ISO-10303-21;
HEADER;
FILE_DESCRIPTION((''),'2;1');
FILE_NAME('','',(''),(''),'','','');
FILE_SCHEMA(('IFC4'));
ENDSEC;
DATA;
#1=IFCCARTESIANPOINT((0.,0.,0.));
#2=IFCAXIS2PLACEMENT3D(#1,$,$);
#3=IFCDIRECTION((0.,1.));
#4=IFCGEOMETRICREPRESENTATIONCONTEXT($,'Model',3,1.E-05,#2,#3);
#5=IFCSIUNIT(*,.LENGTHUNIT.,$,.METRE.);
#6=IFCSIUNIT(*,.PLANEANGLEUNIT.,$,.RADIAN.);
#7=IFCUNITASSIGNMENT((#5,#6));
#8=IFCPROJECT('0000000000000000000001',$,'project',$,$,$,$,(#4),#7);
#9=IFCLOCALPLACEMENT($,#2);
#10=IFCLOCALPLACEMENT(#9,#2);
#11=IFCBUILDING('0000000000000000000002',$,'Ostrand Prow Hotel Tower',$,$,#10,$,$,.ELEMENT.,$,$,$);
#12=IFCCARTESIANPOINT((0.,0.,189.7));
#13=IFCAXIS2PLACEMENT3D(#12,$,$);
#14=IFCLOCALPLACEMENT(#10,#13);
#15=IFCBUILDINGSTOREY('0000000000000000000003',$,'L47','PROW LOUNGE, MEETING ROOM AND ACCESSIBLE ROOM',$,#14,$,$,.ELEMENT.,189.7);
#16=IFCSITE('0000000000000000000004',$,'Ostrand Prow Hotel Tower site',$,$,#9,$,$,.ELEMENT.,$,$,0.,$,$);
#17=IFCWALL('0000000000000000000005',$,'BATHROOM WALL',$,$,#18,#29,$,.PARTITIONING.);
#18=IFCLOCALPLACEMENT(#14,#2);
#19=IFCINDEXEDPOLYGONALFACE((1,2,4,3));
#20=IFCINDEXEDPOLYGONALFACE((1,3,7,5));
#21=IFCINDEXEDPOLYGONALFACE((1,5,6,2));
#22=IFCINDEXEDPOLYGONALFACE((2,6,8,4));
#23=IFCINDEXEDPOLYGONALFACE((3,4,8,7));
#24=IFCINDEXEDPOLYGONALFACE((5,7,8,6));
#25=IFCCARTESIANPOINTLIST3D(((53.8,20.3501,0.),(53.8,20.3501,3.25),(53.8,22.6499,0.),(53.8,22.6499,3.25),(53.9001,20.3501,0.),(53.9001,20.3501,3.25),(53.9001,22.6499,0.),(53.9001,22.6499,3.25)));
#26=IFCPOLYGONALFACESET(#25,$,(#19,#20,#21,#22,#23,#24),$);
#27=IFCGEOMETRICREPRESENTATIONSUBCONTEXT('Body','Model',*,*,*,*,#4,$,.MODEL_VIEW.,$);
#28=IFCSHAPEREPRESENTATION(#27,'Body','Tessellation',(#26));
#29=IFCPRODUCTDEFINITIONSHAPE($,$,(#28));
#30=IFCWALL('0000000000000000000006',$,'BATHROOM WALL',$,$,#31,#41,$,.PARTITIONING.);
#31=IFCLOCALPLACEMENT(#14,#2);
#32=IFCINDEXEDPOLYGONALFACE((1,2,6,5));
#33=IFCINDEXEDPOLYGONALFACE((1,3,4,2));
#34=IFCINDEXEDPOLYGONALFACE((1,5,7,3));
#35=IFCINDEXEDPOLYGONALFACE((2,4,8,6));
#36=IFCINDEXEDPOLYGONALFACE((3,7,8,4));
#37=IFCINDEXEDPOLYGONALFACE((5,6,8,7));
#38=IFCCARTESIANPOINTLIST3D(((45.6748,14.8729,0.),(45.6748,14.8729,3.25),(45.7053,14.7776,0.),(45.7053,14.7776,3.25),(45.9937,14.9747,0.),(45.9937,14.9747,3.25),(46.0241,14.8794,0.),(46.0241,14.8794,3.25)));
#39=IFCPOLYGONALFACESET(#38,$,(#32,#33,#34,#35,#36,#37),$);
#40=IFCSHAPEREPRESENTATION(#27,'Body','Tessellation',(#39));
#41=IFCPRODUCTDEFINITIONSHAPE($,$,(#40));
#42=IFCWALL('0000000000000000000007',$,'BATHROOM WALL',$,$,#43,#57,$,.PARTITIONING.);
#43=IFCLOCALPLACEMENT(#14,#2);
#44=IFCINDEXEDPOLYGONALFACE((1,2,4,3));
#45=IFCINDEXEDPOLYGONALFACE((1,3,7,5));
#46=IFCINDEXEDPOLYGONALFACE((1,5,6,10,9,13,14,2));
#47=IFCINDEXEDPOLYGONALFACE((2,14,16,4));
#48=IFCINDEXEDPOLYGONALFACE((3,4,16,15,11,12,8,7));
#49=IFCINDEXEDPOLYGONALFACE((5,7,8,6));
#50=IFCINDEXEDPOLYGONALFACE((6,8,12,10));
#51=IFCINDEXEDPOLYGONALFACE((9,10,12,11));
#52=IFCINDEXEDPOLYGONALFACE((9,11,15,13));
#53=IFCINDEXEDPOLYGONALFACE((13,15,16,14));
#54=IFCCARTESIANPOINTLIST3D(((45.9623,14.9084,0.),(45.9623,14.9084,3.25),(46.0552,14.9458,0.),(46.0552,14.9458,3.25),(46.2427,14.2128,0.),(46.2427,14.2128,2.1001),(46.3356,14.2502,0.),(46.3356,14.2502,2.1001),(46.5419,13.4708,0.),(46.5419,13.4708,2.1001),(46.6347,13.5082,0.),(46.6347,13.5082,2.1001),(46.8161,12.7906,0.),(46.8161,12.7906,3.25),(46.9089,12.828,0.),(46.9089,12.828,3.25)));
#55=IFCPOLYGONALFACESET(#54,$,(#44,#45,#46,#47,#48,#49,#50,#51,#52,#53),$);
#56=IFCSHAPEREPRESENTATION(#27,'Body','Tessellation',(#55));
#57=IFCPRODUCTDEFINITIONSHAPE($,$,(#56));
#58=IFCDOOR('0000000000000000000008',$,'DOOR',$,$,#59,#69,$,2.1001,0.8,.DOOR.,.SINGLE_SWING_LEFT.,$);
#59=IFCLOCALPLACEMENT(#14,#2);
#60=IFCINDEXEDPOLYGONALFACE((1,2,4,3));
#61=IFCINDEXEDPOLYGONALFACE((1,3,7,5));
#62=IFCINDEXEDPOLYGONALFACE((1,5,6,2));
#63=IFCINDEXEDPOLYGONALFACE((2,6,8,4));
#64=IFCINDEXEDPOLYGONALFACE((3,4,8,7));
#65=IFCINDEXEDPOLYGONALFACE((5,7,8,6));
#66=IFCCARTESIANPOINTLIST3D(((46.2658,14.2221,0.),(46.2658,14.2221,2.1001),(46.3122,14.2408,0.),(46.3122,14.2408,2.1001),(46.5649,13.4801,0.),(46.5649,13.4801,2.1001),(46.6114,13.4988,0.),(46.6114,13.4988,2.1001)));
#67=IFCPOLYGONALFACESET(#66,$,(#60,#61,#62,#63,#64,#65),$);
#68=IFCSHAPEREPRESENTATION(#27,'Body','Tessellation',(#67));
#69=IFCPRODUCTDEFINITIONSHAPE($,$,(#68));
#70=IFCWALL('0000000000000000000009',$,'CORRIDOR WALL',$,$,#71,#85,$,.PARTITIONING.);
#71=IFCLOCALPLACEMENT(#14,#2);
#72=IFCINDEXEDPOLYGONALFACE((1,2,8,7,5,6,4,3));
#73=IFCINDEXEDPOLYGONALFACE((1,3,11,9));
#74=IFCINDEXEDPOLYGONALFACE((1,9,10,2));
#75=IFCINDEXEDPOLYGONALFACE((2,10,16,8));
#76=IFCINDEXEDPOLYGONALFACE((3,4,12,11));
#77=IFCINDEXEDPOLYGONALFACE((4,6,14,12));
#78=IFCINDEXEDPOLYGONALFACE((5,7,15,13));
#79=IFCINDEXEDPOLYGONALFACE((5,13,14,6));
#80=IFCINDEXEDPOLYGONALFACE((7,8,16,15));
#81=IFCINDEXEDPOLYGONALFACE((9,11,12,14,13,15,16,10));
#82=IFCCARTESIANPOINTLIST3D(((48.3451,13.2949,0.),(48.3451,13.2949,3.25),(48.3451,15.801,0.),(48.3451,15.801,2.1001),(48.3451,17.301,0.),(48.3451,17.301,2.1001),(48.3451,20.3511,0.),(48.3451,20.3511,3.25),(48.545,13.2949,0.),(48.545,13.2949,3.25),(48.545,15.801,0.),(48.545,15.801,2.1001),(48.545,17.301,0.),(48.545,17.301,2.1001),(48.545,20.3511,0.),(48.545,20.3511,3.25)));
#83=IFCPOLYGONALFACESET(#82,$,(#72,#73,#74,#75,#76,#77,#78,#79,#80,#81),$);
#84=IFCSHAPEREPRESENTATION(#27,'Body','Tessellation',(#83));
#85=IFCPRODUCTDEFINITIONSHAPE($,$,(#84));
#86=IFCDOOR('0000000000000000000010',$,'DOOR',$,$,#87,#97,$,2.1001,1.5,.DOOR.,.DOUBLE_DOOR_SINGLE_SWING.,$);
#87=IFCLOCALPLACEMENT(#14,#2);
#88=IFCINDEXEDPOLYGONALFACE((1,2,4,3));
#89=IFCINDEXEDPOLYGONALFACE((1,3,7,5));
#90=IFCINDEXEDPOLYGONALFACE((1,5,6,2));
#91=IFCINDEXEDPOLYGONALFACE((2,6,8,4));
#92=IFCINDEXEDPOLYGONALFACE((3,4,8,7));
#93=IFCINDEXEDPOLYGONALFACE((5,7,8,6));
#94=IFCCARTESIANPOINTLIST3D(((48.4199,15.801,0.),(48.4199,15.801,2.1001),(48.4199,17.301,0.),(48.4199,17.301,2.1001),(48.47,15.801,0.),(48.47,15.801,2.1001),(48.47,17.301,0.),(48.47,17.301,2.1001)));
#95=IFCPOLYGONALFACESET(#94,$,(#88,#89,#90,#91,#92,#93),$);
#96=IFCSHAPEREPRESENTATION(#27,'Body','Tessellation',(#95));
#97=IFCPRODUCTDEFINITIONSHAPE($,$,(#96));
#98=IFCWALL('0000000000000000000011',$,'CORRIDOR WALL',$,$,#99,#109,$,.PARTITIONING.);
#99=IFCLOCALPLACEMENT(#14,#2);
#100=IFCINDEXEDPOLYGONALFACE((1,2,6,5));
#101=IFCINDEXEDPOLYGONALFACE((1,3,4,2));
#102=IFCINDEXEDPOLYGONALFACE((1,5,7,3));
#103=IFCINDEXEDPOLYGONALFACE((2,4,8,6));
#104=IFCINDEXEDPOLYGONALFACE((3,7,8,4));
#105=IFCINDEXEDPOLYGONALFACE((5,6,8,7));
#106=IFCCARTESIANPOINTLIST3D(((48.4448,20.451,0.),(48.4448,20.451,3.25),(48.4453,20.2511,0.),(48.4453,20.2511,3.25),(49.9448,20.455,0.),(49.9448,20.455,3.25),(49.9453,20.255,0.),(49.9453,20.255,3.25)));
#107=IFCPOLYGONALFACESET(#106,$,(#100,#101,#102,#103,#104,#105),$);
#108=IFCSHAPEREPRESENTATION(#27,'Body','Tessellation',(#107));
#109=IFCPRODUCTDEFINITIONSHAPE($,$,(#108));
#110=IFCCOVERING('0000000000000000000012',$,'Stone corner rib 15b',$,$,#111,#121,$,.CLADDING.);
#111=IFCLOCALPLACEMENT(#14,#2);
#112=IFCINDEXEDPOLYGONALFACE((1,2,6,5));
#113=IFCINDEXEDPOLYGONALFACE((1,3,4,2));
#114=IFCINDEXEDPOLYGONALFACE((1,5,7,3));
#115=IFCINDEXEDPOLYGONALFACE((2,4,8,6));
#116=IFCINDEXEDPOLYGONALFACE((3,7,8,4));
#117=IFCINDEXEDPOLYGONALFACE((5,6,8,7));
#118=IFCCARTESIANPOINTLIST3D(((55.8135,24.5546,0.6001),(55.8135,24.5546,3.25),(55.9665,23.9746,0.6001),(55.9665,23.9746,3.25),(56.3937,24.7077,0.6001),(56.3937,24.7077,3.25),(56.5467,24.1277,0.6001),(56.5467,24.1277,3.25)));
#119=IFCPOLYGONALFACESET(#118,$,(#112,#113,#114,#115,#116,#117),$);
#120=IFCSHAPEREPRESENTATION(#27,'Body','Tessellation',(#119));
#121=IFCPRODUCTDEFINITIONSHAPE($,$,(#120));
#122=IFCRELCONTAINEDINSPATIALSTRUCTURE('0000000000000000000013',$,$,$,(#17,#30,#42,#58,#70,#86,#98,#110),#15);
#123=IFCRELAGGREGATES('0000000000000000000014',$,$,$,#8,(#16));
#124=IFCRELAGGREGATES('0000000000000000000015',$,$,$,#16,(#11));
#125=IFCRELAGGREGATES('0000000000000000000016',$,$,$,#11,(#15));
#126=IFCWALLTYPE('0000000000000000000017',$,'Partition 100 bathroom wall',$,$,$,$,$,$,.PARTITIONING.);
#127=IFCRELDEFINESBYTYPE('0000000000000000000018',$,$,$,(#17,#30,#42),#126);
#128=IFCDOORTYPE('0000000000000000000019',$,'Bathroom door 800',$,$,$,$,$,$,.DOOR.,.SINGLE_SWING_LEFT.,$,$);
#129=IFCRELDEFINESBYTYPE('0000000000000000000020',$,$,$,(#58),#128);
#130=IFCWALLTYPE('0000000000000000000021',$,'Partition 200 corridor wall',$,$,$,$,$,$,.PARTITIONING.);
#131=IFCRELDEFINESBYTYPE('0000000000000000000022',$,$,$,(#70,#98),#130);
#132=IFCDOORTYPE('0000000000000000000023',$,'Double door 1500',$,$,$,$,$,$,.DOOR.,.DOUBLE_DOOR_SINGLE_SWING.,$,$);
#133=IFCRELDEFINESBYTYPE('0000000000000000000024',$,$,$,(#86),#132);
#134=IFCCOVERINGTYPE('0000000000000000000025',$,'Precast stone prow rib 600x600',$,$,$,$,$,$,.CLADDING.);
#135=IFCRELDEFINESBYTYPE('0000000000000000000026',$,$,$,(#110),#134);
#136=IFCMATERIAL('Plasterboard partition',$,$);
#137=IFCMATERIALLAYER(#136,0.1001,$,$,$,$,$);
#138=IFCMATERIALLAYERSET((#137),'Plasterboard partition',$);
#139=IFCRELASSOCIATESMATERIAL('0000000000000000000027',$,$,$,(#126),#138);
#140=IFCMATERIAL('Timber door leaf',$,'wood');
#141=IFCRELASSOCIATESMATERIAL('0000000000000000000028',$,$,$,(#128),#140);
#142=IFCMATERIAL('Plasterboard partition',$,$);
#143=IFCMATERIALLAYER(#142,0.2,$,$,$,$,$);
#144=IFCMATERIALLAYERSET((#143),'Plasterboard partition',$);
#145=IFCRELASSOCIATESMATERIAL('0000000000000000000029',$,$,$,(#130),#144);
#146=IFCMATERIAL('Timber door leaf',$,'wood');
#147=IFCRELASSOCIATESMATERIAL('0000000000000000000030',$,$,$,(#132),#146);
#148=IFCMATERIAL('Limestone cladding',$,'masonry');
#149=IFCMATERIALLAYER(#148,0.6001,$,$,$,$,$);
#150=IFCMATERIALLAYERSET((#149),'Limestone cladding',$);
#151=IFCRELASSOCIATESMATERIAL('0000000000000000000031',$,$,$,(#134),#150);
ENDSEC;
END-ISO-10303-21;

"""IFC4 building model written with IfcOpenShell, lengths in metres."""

from ifc_helpers import new_model, si_unit, direction, frame, frame_2d, origin, place, context, subcontext, project, spatial, rectangle, extrude, material, layer, layer_set, type_object, element, fill, save


model = new_model("IFC4")

# Units and contexts
model_context = context("Model", 3, precision=1e-05, world=origin(), true_north=direction((0.0, 1.0)))
body_context = subcontext(model_context, "Body", "Model", "MODEL_VIEW")
ifc_project = project(units=[si_unit("LENGTHUNIT", "METRE"), si_unit("PLANEANGLEUNIT", "RADIAN")], contexts=[model_context])

# Site, building, storey
site_placement = place(None, origin())
site = spatial("IfcSite", under=ifc_project, at=site_placement, Name="Ostrand Prow Hotel Tower site", CompositionType="ELEMENT", RefElevation=0.0)
building_placement = place(site_placement, origin())
building = spatial("IfcBuilding", under=site, at=building_placement, Name="Ostrand Prow Hotel Tower", CompositionType="ELEMENT")
storey_placement = place(building_placement, frame((0.0, 0.0, 189.7)))
storey = spatial("IfcBuildingStorey", under=building, at=storey_placement, Name="L47", Description="PROW LOUNGE, MEETING ROOM AND ACCESSIBLE ROOM", CompositionType="ELEMENT", Elevation=189.7)

# Shared definitions
ifc_material_1 = material(Name="Plasterboard partition")
ifc_layer_1 = layer(ifc_material_1, 0.1001)
ifc_layer_set_1 = layer_set([ifc_layer_1], Name="Plasterboard partition")
wall_type_1 = type_object("IfcWallType", Name="Partition 100 bathroom wall", PredefinedType="PARTITIONING", material=ifc_layer_set_1)
ifc_material_2 = material(Name="Timber door leaf", Category="wood")
door_type_1 = type_object("IfcDoorType", Name="Bathroom door 800", OperationType="SINGLE_SWING_LEFT", PredefinedType="DOOR", material=ifc_material_2)

# Walls
wall_1_placement = place(storey_placement, frame((53.8501, 20.3501, 0.0), z_axis=(0.0, 0.0, 1.0), x_axis=(0.0, 1.0, 0.0)))
element("IfcWall", 1, at=wall_1_placement, inside=storey, type_object=wall_type_1, Name="BATHROOM WALL", PredefinedType="PARTITIONING", context=body_context, shape_type="SweptSolid", body=[
    extrude(rectangle(XDim=2.2998, YDim=0.1001, at=frame_2d((1.1499, 0.0))), origin(), (0.0, 0.0, 1.0), 3.25),
])
wall_2_placement = place(storey_placement, frame((45.6899, 14.8252, 0.0), z_axis=(0.0, 0.0, 1.0), x_axis=(0.952619, 0.304167, 0.0)))
element("IfcWall", 2, at=wall_2_placement, inside=storey, type_object=wall_type_1, Name="BATHROOM WALL", PredefinedType="PARTITIONING", context=body_context, shape_type="SweptSolid", body=[
    extrude(rectangle(XDim=0.3347, YDim=0.1001, at=frame_2d((0.1675, 0.0))), origin(), (0.0, 0.0, 1.0), 3.25),
])

# Walls, openings, doors
wall_3_placement = place(storey_placement, frame((46.0088, 14.927, 0.0), z_axis=(0.0, 0.0, 1.0), x_axis=(0.373878, -0.927478, 0.0)))
wall_3 = element("IfcWall", 3, at=wall_3_placement, inside=storey, type_object=wall_type_1, Name="BATHROOM WALL", PredefinedType="PARTITIONING", context=body_context, shape_type="SweptSolid", body=[
    extrude(rectangle(XDim=2.2834, YDim=0.1001, at=frame_2d((1.1416, 0.0))), origin(), (0.0, 0.0, 1.0), 3.25),
])
opening_1_placement = place(wall_3_placement, frame((0.75, 0.0, 0.0)))
opening_1 = element("IfcOpeningElement", 4, at=opening_1_placement, cuts=wall_3, PredefinedType="OPENING", context=body_context, shape_type="SweptSolid", body=[
    extrude(rectangle(XDim=0.8, YDim=2.1001, at=frame_2d((0.3999, 1.05))), frame((0.0, 0.0601, 0.0), z_axis=(0.0, -1.0, 0.0), x_axis=(1.0, 0.0, 0.0)), (0.0, 0.0, 1.0), 0.1201),
])
door_1_placement = place(opening_1_placement, origin())
door_1 = element("IfcDoor", 5, at=door_1_placement, inside=storey, type_object=door_type_1, Name="DOOR", OperationType="SINGLE_SWING_LEFT", OverallHeight=2.1001, OverallWidth=0.8, PredefinedType="DOOR", context=body_context, shape_type="SweptSolid", body=[
    extrude(rectangle(XDim=0.8, YDim=2.1001, at=frame_2d((0.3999, 1.05))), frame((0.0, 0.0249, 0.0), z_axis=(0.0, -1.0, 0.0), x_axis=(1.0, 0.0, 0.0)), (0.0, 0.0, 1.0), 0.05),
])
fill(opening_1, door_1)
ifc_material_3 = material(Name="Plasterboard partition")
ifc_layer_2 = layer(ifc_material_3, 0.2)
ifc_layer_set_2 = layer_set([ifc_layer_2], Name="Plasterboard partition")
wall_type_2 = type_object("IfcWallType", Name="Partition 200 corridor wall", PredefinedType="PARTITIONING", material=ifc_layer_set_2)
wall_4_placement = place(storey_placement, frame((48.4451, 20.3511, 0.0), z_axis=(0.0, 0.0, 1.0), x_axis=(0.0, -1.0, 0.0)))
wall_4 = element("IfcWall", 6, at=wall_4_placement, inside=storey, type_object=wall_type_2, Name="CORRIDOR WALL", PredefinedType="PARTITIONING", context=body_context, shape_type="SweptSolid", body=[
    extrude(rectangle(XDim=7.0562, YDim=0.2, at=frame_2d((3.5281, 0.0))), origin(), (0.0, 0.0, 1.0), 3.25),
])
opening_2_placement = place(wall_4_placement, frame((3.05, 0.0, 0.0)))
opening_2 = element("IfcOpeningElement", 7, at=opening_2_placement, cuts=wall_4, PredefinedType="OPENING", context=body_context, shape_type="SweptSolid", body=[
    extrude(rectangle(XDim=1.5, YDim=2.1001, at=frame_2d((0.75, 1.05))), frame((0.0, 0.1099, 0.0), z_axis=(0.0, -1.0, 0.0), x_axis=(1.0, 0.0, 0.0)), (0.0, 0.0, 1.0), 0.22),
])
ifc_material_4 = material(Name="Timber door leaf", Category="wood")
door_type_2 = type_object("IfcDoorType", Name="Double door 1500", OperationType="DOUBLE_DOOR_SINGLE_SWING", PredefinedType="DOOR", material=ifc_material_4)
door_2_placement = place(opening_2_placement, origin())
door_2 = element("IfcDoor", 8, at=door_2_placement, inside=storey, type_object=door_type_2, Name="DOOR", OperationType="DOUBLE_DOOR_SINGLE_SWING", OverallHeight=2.1001, OverallWidth=1.5, PredefinedType="DOOR", context=body_context, shape_type="SweptSolid", body=[
    extrude(rectangle(XDim=1.5, YDim=2.1001, at=frame_2d((0.75, 1.05))), frame((0.0, 0.0249, 0.0), z_axis=(0.0, -1.0, 0.0), x_axis=(1.0, 0.0, 0.0)), (0.0, 0.0, 1.0), 0.05),
])
fill(opening_2, door_2)

# Wall
wall_5_placement = place(storey_placement, frame((49.9451, 20.355, 0.0), z_axis=(0.0, 0.0, 1.0), x_axis=(-0.999997, -0.002604, 0.0)))
element("IfcWall", 9, at=wall_5_placement, inside=storey, type_object=wall_type_2, Name="CORRIDOR WALL", PredefinedType="PARTITIONING", context=body_context, shape_type="SweptSolid", body=[
    extrude(rectangle(XDim=1.5, YDim=0.2, at=frame_2d((0.75, 0.0))), origin(), (0.0, 0.0, 1.0), 3.25),
])

# Covering
ifc_material_5 = material(Name="Limestone cladding", Category="masonry")
ifc_layer_3 = layer(ifc_material_5, 0.6001)
ifc_layer_set_3 = layer_set([ifc_layer_3], Name="Limestone cladding")
covering_type = type_object("IfcCoveringType", Name="Precast stone prow rib 600x600", PredefinedType="CLADDING", material=ifc_layer_set_3)
covering_placement = place(storey_placement, frame((56.2566, 24.0513, 0.6001), z_axis=(0.0, 0.0, 1.0), x_axis=(-0.255154, 0.9669, 0.0)))
element("IfcCovering", 10, at=covering_placement, inside=storey, type_object=covering_type, Name="Stone corner rib 15b", PredefinedType="CLADDING", context=body_context, shape_type="SweptSolid", body=[
    extrude(rectangle(XDim=0.5999, YDim=0.6001, at=frame_2d((0.2998, 0.0))), origin(), (0.0, 0.0, 1.0), 2.6499),
])

save(model, "model.ifc")
